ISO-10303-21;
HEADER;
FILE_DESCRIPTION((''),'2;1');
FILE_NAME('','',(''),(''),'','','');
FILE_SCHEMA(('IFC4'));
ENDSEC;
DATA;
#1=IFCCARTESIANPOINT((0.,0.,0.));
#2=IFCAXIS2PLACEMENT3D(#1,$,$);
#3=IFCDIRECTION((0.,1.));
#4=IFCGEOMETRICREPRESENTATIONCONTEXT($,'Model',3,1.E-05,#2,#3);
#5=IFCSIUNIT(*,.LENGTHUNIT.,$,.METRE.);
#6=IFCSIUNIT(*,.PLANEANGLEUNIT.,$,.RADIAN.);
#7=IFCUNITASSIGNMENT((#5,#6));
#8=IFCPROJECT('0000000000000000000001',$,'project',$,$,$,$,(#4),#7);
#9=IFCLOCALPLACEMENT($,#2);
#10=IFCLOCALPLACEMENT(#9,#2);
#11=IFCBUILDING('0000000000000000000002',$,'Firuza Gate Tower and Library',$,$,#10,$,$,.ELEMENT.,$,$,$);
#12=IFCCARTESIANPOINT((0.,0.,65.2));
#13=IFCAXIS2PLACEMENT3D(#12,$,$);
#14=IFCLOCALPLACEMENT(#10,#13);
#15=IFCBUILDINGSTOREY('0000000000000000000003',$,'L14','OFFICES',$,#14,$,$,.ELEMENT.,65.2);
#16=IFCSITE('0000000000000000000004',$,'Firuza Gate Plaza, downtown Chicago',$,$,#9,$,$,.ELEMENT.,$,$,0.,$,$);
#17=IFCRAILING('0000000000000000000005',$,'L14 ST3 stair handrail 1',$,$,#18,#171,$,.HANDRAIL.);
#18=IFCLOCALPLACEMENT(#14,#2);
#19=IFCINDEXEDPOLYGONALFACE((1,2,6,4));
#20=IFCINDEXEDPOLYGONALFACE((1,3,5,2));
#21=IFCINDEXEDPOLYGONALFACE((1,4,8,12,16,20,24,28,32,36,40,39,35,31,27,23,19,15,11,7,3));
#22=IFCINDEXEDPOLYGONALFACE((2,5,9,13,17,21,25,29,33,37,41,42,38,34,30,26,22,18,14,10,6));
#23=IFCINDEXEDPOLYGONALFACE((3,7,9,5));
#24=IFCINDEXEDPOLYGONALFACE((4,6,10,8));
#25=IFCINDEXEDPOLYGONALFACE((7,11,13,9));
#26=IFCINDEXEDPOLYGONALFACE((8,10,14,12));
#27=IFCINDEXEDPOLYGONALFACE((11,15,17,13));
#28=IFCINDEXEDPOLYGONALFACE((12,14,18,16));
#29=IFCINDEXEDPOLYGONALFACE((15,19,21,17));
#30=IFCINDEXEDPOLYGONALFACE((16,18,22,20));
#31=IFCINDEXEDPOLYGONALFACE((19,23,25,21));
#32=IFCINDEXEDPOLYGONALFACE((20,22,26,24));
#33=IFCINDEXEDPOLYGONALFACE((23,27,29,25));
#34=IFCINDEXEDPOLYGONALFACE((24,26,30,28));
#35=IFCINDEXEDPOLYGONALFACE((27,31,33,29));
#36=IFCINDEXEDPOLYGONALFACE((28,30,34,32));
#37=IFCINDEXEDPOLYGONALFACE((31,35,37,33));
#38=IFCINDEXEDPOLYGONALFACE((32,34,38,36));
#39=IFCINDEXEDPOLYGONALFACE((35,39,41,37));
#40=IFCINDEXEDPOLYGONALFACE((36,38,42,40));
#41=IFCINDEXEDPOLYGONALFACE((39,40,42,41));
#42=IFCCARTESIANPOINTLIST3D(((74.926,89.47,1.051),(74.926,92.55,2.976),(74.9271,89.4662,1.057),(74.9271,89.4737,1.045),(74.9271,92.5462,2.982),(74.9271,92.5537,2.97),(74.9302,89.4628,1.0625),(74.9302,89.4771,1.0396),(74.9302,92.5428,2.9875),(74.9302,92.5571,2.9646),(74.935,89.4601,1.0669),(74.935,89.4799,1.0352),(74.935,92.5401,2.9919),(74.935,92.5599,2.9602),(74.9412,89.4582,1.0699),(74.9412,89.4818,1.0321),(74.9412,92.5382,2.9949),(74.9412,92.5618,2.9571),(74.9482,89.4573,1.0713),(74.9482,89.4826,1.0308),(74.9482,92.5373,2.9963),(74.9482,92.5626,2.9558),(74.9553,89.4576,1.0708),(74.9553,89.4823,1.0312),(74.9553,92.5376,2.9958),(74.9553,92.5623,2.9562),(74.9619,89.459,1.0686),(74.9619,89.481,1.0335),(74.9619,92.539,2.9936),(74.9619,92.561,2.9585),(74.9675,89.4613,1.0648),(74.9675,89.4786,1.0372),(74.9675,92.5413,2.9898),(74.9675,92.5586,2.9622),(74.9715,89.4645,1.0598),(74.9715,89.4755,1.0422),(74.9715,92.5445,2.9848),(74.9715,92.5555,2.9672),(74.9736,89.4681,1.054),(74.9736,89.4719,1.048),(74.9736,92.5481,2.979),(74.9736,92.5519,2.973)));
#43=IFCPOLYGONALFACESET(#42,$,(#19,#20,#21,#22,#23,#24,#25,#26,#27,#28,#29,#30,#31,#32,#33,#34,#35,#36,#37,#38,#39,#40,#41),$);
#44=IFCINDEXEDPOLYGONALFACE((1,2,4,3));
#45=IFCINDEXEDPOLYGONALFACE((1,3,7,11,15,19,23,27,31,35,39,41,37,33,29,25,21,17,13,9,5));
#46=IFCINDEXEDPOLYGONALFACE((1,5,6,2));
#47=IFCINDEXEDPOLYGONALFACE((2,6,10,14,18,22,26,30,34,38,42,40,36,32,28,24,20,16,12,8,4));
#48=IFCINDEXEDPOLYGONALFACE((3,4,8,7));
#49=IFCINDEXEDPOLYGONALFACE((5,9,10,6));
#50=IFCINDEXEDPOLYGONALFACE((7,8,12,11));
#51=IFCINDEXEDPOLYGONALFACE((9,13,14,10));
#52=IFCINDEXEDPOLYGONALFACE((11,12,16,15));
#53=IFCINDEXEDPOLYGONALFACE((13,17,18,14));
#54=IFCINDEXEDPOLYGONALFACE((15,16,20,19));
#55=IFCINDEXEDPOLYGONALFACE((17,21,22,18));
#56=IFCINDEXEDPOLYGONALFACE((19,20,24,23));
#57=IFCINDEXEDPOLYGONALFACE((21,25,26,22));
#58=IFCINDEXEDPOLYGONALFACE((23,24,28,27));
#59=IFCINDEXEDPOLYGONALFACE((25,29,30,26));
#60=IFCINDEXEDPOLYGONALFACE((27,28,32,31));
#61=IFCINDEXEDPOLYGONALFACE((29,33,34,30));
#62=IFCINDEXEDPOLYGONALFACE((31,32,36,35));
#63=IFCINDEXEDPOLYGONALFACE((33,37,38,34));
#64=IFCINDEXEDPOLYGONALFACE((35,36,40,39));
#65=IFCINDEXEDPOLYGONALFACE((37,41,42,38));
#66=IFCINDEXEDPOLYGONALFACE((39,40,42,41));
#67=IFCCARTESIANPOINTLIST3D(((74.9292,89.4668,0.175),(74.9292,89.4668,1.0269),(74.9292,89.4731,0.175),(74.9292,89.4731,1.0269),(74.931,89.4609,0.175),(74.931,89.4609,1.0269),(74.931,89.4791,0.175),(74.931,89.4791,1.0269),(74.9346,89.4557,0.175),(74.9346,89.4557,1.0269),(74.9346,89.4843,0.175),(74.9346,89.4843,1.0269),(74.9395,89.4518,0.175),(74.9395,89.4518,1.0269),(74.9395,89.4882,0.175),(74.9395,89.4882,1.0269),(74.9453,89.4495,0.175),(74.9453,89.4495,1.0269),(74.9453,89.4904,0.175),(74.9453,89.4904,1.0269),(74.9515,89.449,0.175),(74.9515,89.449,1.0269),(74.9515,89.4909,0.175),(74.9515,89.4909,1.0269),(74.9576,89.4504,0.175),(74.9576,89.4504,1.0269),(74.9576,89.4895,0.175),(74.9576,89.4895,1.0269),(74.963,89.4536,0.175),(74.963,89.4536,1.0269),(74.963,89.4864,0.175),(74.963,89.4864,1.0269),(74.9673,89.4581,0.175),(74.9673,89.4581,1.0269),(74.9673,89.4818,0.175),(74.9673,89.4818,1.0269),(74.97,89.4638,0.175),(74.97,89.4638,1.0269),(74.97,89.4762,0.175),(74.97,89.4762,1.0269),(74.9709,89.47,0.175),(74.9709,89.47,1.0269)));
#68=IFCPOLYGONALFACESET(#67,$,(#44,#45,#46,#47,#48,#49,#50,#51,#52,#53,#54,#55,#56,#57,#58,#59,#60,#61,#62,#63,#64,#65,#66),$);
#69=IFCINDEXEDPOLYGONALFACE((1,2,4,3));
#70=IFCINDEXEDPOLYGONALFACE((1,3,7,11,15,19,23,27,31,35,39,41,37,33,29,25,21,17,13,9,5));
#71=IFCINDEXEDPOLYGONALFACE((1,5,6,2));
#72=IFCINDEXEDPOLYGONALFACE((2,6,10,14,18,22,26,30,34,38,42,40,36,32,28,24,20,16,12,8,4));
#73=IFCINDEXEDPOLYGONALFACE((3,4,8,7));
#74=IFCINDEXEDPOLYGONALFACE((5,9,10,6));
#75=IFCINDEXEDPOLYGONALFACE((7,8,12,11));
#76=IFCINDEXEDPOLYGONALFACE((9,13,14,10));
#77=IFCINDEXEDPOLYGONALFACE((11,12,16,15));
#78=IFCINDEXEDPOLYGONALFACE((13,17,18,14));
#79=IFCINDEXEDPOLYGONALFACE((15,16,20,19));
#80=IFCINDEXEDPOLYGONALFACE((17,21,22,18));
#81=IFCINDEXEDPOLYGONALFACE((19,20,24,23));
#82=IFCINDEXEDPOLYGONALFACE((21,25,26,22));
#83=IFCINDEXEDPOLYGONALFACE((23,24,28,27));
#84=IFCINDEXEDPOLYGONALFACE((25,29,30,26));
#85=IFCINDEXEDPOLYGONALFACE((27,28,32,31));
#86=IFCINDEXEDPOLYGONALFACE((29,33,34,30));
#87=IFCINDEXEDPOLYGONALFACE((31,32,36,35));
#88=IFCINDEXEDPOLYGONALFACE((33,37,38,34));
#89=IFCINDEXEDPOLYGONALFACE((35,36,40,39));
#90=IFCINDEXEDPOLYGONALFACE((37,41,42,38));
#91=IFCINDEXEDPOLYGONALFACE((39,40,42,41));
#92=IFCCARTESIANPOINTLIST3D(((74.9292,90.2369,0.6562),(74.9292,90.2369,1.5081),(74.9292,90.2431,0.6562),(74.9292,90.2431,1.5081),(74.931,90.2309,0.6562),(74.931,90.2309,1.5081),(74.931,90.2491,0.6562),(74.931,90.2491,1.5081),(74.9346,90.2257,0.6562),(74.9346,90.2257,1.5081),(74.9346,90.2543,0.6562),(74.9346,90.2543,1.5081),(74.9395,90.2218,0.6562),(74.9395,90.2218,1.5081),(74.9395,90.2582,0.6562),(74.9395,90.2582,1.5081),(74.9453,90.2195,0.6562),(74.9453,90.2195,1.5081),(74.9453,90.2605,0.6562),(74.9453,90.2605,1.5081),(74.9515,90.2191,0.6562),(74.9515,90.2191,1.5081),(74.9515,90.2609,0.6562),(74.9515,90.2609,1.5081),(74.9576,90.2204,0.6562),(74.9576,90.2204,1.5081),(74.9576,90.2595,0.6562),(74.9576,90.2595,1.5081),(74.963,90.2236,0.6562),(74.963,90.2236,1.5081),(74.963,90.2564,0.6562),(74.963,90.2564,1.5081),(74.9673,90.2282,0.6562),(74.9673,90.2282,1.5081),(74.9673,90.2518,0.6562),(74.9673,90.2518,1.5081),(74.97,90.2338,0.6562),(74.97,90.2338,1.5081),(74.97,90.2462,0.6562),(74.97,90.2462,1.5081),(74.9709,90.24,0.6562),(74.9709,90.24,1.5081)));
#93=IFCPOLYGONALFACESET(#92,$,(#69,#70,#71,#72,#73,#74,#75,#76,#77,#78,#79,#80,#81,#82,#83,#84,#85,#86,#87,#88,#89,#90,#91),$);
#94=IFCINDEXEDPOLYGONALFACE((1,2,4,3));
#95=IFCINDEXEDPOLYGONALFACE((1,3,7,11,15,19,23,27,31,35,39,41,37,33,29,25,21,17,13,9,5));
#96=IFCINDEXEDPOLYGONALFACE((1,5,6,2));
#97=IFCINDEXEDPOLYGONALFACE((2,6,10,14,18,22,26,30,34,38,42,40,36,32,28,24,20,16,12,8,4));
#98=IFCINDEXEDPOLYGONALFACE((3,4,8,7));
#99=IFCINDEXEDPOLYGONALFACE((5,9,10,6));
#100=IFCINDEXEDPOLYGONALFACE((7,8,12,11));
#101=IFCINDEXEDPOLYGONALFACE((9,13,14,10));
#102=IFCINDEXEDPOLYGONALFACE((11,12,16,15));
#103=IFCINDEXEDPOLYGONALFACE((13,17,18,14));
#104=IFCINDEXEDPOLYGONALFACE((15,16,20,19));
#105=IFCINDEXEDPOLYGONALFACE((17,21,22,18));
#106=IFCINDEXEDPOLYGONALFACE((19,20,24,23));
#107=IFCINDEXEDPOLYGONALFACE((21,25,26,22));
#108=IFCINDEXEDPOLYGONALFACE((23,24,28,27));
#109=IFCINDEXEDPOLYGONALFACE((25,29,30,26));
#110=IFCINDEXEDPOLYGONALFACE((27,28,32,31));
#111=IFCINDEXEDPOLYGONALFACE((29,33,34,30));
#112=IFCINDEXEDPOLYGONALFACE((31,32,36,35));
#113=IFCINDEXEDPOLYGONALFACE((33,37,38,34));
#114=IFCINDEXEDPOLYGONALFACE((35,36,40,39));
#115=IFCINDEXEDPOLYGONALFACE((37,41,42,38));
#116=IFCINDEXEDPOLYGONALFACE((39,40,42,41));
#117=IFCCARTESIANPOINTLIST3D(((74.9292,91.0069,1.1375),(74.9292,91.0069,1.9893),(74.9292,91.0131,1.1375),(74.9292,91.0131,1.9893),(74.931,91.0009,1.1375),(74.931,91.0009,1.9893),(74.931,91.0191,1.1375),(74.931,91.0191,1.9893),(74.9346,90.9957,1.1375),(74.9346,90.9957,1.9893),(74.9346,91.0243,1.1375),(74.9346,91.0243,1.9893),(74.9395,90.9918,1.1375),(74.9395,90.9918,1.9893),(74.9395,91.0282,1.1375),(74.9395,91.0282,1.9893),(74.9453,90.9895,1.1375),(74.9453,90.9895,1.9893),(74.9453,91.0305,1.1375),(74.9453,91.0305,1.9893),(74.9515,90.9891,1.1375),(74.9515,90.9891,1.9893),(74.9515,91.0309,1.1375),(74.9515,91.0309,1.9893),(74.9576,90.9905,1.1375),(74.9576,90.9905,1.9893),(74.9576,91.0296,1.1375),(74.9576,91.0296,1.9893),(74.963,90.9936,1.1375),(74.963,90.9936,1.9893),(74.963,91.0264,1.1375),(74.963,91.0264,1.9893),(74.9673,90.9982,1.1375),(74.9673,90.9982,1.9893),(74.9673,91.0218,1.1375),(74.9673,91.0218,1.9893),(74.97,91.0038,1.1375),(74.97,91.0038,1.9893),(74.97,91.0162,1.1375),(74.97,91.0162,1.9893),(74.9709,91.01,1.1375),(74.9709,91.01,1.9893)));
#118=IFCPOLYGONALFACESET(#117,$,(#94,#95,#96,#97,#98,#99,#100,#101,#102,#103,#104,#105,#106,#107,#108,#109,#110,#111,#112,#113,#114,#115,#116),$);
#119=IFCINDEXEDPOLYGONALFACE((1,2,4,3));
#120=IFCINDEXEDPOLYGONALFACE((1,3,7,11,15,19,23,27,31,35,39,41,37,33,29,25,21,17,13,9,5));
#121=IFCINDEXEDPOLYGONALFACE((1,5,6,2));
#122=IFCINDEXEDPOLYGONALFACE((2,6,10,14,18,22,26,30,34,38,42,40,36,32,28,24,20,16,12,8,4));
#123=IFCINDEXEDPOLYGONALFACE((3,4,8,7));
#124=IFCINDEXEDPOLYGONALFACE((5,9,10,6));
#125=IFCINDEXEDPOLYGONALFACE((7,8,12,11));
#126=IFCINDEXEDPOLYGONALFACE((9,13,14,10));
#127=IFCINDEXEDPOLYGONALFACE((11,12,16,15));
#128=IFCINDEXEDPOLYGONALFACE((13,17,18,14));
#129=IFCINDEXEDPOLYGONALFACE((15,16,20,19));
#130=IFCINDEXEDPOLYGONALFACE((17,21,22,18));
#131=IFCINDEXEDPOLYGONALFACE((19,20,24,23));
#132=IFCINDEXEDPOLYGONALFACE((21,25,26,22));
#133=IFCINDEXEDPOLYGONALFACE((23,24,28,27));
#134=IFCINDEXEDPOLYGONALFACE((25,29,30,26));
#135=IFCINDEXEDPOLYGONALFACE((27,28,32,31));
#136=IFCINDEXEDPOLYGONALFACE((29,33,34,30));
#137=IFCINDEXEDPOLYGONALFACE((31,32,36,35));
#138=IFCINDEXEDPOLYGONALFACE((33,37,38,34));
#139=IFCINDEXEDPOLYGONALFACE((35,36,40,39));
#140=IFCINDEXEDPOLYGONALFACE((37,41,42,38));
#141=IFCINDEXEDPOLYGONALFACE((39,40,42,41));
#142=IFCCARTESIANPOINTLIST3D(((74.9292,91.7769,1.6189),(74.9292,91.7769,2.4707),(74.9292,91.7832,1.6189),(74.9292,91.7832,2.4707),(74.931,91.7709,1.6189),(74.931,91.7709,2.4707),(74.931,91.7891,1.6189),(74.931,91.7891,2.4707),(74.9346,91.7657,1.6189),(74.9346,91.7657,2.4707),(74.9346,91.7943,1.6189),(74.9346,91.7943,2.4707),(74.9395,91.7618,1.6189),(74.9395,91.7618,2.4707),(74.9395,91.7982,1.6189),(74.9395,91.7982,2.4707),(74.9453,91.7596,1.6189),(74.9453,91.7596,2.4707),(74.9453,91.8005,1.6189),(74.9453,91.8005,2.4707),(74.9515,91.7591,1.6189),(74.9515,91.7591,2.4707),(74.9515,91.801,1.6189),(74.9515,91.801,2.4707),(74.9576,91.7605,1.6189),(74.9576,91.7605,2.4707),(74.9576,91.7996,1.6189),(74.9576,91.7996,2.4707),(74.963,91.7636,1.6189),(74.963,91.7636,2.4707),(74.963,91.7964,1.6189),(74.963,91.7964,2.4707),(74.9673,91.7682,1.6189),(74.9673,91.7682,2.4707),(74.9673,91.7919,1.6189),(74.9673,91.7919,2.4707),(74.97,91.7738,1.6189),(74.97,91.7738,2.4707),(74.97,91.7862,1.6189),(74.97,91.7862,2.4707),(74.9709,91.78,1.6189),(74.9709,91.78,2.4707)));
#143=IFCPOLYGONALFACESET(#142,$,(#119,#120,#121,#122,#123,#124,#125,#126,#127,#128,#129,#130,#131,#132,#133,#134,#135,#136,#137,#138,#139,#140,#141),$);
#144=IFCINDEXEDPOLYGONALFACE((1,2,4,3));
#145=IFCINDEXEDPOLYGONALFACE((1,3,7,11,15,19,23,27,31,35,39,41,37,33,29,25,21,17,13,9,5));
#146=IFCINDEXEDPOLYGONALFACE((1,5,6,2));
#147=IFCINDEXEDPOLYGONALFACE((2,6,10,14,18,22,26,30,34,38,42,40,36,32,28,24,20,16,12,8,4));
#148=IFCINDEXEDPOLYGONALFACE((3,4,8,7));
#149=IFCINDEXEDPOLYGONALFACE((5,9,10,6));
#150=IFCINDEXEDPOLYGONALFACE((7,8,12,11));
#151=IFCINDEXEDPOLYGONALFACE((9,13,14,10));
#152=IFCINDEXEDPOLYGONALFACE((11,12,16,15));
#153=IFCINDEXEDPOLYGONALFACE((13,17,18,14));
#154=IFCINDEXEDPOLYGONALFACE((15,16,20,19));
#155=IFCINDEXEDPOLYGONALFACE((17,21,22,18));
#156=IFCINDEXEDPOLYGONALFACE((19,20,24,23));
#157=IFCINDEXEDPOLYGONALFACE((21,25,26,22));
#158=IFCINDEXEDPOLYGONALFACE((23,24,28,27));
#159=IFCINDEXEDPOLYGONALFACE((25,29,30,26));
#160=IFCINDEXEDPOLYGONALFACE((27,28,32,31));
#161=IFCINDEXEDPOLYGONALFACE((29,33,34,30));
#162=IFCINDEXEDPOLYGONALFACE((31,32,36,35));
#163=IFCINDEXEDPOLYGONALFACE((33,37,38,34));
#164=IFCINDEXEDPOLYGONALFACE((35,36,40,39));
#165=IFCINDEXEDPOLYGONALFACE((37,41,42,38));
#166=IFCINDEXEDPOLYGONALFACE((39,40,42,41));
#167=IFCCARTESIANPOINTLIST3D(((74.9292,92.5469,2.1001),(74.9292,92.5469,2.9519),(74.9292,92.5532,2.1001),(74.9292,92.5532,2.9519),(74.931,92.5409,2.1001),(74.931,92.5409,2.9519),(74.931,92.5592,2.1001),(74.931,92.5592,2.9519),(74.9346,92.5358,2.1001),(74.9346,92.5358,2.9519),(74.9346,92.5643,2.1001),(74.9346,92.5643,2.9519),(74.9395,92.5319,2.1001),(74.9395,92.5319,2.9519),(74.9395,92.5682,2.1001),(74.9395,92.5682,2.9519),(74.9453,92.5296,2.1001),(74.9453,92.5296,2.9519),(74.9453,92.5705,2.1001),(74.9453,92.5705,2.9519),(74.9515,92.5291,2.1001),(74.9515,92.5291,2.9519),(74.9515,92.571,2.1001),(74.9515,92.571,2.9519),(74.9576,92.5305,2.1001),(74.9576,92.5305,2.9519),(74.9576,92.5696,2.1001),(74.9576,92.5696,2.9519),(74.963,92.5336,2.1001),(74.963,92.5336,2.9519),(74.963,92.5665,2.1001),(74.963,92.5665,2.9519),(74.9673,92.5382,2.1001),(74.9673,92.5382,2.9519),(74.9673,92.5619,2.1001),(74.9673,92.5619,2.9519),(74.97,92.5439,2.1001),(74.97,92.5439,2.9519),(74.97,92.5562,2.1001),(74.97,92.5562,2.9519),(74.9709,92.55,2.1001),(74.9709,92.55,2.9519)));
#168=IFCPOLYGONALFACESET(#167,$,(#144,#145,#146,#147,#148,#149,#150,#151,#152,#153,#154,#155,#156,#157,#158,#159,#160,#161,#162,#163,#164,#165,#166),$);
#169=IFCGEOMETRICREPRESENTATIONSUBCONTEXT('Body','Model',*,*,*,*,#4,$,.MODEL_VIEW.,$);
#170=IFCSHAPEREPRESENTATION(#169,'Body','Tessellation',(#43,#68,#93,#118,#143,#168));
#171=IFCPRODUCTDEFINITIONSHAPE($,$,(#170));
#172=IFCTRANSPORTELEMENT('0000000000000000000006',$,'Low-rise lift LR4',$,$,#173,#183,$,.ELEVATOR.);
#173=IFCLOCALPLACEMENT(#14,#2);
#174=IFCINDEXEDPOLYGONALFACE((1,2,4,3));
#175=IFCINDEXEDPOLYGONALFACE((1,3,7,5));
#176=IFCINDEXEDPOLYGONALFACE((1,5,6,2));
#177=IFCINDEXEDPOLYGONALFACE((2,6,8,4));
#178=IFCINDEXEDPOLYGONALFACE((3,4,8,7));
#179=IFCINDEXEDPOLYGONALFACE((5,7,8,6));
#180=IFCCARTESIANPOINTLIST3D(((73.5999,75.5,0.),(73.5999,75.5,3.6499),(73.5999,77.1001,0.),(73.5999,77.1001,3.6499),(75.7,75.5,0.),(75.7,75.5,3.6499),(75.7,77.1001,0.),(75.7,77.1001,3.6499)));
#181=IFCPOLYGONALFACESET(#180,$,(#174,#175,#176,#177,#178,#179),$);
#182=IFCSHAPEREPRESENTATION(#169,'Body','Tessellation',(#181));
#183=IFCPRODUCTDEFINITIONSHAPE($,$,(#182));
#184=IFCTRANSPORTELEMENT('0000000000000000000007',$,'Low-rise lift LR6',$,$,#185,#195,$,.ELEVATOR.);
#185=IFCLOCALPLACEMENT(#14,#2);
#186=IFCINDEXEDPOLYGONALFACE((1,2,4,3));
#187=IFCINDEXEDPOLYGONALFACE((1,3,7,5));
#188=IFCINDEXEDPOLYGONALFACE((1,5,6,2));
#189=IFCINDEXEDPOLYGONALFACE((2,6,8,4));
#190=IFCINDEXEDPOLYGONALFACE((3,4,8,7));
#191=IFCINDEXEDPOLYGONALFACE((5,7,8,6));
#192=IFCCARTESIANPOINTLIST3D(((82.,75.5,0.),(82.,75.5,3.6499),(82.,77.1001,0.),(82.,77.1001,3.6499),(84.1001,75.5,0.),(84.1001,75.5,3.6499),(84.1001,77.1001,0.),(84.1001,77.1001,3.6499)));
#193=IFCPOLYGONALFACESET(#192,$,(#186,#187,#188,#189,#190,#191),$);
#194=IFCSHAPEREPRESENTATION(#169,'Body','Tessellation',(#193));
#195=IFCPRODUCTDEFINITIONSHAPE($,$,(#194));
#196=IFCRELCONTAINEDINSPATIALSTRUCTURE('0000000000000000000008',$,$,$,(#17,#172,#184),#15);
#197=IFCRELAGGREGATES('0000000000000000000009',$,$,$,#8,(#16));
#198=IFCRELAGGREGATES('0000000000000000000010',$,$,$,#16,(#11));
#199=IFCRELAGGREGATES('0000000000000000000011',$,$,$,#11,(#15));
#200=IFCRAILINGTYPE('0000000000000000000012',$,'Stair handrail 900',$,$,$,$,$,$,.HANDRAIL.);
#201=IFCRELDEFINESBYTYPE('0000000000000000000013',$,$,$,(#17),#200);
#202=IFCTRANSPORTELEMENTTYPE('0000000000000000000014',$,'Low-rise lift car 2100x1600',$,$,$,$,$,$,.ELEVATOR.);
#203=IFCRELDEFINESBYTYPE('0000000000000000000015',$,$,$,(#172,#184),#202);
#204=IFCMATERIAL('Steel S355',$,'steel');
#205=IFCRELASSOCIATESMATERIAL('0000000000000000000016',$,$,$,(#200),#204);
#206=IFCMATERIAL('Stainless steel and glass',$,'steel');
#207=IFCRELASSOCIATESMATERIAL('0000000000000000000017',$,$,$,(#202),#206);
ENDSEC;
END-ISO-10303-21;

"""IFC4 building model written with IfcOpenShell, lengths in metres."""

from ifc_helpers import new_model, si_unit, direction, frame, origin, origin_2d, place, context, subcontext, project, spatial, rectangle, circle, extrude, material, type_object, element, save


model = new_model("IFC4")

# Units and contexts
model_context = context("Model", 3, precision=1e-05, world=origin(), true_north=direction((0.0, 1.0)))
body_context = subcontext(model_context, "Body", "Model", "MODEL_VIEW")
ifc_project = project(units=[si_unit("LENGTHUNIT", "METRE"), si_unit("PLANEANGLEUNIT", "RADIAN")], contexts=[model_context])

# Site, building, storey
site_placement = place(None, origin())
site = spatial("IfcSite", under=ifc_project, at=site_placement, Name="Firuza Gate Plaza, downtown Chicago", CompositionType="ELEMENT", RefElevation=0.0)
building_placement = place(site_placement, origin())
building = spatial("IfcBuilding", under=site, at=building_placement, Name="Firuza Gate Tower and Library", CompositionType="ELEMENT")
storey_placement = place(building_placement, frame((0.0, 0.0, 65.2)))
storey = spatial("IfcBuildingStorey", under=building, at=storey_placement, Name="L14", Description="OFFICES", CompositionType="ELEMENT", Elevation=65.2)

# Railing
ifc_material_1 = material(Name="Steel S355", Category="steel")
railing_type_1 = type_object("IfcRailingType", Name="Stair handrail 900", PredefinedType="HANDRAIL", material=ifc_material_1)
railing_1_placement = place(storey_placement, frame((74.95, 89.47, 0.175)))
element("IfcRailing", 1, at=railing_1_placement, inside=storey, type_object=railing_type_1, Name="L14 ST3 stair handrail 1", PredefinedType="HANDRAIL", context=body_context, shape_type="SweptSolid", body=[
    extrude(circle(Radius=0.0239, at=origin_2d()), frame((0.0, 0.0, 0.876), z_axis=(0.0, 0.847998, 0.529999), x_axis=(-1.0, 0.0, 0.0)), (0.0, 0.0, 1.0), 3.6321),
    extrude(circle(Radius=0.021, at=origin_2d()), origin(), (0.0, 0.0, 1.0), 0.8518),
    extrude(circle(Radius=0.021, at=origin_2d()), frame((0.0, 0.77, 0.4812)), (0.0, 0.0, 1.0), 0.8518),
    extrude(circle(Radius=0.021, at=origin_2d()), frame((0.0, 1.54, 0.9624)), (0.0, 0.0, 1.0), 0.8518),
    extrude(circle(Radius=0.021, at=origin_2d()), frame((0.0, 2.3101, 1.4438)), (0.0, 0.0, 1.0), 0.8518),
    extrude(circle(Radius=0.021, at=origin_2d()), frame((0.0, 3.0801, 1.925)), (0.0, 0.0, 1.0), 0.8518),
])

# Transport elements
ifc_material_2 = material(Name="Stainless steel and glass", Category="steel")
transport_element_type = type_object("IfcTransportElementType", Name="Low-rise lift car 2100x1600", PredefinedType="ELEVATOR", material=ifc_material_2)
for number, where, z_axis, x_axis, name in (
    (2, (74.6499, 76.3, 0.0), (0.0, 0.0, 1.0), (1.0, 0.0, 0.0), "Low-rise lift LR4"),
    (3, (83.05, 76.3, 0.0), (0.0, 0.0, 1.0), (1.0, 0.0, 0.0), "Low-rise lift LR6"),
):
    element("IfcTransportElement", number, at=place(storey_placement, frame(where, z_axis=z_axis, x_axis=x_axis)), inside=storey, type_object=transport_element_type, Name=name, PredefinedType="ELEVATOR", context=body_context, shape_type="SweptSolid", body=[
        extrude(rectangle(XDim=2.1001, YDim=1.6001, at=origin_2d()), origin(), (0.0, 0.0, 1.0), 3.6499),
    ])

save(model, "model.ifc")
